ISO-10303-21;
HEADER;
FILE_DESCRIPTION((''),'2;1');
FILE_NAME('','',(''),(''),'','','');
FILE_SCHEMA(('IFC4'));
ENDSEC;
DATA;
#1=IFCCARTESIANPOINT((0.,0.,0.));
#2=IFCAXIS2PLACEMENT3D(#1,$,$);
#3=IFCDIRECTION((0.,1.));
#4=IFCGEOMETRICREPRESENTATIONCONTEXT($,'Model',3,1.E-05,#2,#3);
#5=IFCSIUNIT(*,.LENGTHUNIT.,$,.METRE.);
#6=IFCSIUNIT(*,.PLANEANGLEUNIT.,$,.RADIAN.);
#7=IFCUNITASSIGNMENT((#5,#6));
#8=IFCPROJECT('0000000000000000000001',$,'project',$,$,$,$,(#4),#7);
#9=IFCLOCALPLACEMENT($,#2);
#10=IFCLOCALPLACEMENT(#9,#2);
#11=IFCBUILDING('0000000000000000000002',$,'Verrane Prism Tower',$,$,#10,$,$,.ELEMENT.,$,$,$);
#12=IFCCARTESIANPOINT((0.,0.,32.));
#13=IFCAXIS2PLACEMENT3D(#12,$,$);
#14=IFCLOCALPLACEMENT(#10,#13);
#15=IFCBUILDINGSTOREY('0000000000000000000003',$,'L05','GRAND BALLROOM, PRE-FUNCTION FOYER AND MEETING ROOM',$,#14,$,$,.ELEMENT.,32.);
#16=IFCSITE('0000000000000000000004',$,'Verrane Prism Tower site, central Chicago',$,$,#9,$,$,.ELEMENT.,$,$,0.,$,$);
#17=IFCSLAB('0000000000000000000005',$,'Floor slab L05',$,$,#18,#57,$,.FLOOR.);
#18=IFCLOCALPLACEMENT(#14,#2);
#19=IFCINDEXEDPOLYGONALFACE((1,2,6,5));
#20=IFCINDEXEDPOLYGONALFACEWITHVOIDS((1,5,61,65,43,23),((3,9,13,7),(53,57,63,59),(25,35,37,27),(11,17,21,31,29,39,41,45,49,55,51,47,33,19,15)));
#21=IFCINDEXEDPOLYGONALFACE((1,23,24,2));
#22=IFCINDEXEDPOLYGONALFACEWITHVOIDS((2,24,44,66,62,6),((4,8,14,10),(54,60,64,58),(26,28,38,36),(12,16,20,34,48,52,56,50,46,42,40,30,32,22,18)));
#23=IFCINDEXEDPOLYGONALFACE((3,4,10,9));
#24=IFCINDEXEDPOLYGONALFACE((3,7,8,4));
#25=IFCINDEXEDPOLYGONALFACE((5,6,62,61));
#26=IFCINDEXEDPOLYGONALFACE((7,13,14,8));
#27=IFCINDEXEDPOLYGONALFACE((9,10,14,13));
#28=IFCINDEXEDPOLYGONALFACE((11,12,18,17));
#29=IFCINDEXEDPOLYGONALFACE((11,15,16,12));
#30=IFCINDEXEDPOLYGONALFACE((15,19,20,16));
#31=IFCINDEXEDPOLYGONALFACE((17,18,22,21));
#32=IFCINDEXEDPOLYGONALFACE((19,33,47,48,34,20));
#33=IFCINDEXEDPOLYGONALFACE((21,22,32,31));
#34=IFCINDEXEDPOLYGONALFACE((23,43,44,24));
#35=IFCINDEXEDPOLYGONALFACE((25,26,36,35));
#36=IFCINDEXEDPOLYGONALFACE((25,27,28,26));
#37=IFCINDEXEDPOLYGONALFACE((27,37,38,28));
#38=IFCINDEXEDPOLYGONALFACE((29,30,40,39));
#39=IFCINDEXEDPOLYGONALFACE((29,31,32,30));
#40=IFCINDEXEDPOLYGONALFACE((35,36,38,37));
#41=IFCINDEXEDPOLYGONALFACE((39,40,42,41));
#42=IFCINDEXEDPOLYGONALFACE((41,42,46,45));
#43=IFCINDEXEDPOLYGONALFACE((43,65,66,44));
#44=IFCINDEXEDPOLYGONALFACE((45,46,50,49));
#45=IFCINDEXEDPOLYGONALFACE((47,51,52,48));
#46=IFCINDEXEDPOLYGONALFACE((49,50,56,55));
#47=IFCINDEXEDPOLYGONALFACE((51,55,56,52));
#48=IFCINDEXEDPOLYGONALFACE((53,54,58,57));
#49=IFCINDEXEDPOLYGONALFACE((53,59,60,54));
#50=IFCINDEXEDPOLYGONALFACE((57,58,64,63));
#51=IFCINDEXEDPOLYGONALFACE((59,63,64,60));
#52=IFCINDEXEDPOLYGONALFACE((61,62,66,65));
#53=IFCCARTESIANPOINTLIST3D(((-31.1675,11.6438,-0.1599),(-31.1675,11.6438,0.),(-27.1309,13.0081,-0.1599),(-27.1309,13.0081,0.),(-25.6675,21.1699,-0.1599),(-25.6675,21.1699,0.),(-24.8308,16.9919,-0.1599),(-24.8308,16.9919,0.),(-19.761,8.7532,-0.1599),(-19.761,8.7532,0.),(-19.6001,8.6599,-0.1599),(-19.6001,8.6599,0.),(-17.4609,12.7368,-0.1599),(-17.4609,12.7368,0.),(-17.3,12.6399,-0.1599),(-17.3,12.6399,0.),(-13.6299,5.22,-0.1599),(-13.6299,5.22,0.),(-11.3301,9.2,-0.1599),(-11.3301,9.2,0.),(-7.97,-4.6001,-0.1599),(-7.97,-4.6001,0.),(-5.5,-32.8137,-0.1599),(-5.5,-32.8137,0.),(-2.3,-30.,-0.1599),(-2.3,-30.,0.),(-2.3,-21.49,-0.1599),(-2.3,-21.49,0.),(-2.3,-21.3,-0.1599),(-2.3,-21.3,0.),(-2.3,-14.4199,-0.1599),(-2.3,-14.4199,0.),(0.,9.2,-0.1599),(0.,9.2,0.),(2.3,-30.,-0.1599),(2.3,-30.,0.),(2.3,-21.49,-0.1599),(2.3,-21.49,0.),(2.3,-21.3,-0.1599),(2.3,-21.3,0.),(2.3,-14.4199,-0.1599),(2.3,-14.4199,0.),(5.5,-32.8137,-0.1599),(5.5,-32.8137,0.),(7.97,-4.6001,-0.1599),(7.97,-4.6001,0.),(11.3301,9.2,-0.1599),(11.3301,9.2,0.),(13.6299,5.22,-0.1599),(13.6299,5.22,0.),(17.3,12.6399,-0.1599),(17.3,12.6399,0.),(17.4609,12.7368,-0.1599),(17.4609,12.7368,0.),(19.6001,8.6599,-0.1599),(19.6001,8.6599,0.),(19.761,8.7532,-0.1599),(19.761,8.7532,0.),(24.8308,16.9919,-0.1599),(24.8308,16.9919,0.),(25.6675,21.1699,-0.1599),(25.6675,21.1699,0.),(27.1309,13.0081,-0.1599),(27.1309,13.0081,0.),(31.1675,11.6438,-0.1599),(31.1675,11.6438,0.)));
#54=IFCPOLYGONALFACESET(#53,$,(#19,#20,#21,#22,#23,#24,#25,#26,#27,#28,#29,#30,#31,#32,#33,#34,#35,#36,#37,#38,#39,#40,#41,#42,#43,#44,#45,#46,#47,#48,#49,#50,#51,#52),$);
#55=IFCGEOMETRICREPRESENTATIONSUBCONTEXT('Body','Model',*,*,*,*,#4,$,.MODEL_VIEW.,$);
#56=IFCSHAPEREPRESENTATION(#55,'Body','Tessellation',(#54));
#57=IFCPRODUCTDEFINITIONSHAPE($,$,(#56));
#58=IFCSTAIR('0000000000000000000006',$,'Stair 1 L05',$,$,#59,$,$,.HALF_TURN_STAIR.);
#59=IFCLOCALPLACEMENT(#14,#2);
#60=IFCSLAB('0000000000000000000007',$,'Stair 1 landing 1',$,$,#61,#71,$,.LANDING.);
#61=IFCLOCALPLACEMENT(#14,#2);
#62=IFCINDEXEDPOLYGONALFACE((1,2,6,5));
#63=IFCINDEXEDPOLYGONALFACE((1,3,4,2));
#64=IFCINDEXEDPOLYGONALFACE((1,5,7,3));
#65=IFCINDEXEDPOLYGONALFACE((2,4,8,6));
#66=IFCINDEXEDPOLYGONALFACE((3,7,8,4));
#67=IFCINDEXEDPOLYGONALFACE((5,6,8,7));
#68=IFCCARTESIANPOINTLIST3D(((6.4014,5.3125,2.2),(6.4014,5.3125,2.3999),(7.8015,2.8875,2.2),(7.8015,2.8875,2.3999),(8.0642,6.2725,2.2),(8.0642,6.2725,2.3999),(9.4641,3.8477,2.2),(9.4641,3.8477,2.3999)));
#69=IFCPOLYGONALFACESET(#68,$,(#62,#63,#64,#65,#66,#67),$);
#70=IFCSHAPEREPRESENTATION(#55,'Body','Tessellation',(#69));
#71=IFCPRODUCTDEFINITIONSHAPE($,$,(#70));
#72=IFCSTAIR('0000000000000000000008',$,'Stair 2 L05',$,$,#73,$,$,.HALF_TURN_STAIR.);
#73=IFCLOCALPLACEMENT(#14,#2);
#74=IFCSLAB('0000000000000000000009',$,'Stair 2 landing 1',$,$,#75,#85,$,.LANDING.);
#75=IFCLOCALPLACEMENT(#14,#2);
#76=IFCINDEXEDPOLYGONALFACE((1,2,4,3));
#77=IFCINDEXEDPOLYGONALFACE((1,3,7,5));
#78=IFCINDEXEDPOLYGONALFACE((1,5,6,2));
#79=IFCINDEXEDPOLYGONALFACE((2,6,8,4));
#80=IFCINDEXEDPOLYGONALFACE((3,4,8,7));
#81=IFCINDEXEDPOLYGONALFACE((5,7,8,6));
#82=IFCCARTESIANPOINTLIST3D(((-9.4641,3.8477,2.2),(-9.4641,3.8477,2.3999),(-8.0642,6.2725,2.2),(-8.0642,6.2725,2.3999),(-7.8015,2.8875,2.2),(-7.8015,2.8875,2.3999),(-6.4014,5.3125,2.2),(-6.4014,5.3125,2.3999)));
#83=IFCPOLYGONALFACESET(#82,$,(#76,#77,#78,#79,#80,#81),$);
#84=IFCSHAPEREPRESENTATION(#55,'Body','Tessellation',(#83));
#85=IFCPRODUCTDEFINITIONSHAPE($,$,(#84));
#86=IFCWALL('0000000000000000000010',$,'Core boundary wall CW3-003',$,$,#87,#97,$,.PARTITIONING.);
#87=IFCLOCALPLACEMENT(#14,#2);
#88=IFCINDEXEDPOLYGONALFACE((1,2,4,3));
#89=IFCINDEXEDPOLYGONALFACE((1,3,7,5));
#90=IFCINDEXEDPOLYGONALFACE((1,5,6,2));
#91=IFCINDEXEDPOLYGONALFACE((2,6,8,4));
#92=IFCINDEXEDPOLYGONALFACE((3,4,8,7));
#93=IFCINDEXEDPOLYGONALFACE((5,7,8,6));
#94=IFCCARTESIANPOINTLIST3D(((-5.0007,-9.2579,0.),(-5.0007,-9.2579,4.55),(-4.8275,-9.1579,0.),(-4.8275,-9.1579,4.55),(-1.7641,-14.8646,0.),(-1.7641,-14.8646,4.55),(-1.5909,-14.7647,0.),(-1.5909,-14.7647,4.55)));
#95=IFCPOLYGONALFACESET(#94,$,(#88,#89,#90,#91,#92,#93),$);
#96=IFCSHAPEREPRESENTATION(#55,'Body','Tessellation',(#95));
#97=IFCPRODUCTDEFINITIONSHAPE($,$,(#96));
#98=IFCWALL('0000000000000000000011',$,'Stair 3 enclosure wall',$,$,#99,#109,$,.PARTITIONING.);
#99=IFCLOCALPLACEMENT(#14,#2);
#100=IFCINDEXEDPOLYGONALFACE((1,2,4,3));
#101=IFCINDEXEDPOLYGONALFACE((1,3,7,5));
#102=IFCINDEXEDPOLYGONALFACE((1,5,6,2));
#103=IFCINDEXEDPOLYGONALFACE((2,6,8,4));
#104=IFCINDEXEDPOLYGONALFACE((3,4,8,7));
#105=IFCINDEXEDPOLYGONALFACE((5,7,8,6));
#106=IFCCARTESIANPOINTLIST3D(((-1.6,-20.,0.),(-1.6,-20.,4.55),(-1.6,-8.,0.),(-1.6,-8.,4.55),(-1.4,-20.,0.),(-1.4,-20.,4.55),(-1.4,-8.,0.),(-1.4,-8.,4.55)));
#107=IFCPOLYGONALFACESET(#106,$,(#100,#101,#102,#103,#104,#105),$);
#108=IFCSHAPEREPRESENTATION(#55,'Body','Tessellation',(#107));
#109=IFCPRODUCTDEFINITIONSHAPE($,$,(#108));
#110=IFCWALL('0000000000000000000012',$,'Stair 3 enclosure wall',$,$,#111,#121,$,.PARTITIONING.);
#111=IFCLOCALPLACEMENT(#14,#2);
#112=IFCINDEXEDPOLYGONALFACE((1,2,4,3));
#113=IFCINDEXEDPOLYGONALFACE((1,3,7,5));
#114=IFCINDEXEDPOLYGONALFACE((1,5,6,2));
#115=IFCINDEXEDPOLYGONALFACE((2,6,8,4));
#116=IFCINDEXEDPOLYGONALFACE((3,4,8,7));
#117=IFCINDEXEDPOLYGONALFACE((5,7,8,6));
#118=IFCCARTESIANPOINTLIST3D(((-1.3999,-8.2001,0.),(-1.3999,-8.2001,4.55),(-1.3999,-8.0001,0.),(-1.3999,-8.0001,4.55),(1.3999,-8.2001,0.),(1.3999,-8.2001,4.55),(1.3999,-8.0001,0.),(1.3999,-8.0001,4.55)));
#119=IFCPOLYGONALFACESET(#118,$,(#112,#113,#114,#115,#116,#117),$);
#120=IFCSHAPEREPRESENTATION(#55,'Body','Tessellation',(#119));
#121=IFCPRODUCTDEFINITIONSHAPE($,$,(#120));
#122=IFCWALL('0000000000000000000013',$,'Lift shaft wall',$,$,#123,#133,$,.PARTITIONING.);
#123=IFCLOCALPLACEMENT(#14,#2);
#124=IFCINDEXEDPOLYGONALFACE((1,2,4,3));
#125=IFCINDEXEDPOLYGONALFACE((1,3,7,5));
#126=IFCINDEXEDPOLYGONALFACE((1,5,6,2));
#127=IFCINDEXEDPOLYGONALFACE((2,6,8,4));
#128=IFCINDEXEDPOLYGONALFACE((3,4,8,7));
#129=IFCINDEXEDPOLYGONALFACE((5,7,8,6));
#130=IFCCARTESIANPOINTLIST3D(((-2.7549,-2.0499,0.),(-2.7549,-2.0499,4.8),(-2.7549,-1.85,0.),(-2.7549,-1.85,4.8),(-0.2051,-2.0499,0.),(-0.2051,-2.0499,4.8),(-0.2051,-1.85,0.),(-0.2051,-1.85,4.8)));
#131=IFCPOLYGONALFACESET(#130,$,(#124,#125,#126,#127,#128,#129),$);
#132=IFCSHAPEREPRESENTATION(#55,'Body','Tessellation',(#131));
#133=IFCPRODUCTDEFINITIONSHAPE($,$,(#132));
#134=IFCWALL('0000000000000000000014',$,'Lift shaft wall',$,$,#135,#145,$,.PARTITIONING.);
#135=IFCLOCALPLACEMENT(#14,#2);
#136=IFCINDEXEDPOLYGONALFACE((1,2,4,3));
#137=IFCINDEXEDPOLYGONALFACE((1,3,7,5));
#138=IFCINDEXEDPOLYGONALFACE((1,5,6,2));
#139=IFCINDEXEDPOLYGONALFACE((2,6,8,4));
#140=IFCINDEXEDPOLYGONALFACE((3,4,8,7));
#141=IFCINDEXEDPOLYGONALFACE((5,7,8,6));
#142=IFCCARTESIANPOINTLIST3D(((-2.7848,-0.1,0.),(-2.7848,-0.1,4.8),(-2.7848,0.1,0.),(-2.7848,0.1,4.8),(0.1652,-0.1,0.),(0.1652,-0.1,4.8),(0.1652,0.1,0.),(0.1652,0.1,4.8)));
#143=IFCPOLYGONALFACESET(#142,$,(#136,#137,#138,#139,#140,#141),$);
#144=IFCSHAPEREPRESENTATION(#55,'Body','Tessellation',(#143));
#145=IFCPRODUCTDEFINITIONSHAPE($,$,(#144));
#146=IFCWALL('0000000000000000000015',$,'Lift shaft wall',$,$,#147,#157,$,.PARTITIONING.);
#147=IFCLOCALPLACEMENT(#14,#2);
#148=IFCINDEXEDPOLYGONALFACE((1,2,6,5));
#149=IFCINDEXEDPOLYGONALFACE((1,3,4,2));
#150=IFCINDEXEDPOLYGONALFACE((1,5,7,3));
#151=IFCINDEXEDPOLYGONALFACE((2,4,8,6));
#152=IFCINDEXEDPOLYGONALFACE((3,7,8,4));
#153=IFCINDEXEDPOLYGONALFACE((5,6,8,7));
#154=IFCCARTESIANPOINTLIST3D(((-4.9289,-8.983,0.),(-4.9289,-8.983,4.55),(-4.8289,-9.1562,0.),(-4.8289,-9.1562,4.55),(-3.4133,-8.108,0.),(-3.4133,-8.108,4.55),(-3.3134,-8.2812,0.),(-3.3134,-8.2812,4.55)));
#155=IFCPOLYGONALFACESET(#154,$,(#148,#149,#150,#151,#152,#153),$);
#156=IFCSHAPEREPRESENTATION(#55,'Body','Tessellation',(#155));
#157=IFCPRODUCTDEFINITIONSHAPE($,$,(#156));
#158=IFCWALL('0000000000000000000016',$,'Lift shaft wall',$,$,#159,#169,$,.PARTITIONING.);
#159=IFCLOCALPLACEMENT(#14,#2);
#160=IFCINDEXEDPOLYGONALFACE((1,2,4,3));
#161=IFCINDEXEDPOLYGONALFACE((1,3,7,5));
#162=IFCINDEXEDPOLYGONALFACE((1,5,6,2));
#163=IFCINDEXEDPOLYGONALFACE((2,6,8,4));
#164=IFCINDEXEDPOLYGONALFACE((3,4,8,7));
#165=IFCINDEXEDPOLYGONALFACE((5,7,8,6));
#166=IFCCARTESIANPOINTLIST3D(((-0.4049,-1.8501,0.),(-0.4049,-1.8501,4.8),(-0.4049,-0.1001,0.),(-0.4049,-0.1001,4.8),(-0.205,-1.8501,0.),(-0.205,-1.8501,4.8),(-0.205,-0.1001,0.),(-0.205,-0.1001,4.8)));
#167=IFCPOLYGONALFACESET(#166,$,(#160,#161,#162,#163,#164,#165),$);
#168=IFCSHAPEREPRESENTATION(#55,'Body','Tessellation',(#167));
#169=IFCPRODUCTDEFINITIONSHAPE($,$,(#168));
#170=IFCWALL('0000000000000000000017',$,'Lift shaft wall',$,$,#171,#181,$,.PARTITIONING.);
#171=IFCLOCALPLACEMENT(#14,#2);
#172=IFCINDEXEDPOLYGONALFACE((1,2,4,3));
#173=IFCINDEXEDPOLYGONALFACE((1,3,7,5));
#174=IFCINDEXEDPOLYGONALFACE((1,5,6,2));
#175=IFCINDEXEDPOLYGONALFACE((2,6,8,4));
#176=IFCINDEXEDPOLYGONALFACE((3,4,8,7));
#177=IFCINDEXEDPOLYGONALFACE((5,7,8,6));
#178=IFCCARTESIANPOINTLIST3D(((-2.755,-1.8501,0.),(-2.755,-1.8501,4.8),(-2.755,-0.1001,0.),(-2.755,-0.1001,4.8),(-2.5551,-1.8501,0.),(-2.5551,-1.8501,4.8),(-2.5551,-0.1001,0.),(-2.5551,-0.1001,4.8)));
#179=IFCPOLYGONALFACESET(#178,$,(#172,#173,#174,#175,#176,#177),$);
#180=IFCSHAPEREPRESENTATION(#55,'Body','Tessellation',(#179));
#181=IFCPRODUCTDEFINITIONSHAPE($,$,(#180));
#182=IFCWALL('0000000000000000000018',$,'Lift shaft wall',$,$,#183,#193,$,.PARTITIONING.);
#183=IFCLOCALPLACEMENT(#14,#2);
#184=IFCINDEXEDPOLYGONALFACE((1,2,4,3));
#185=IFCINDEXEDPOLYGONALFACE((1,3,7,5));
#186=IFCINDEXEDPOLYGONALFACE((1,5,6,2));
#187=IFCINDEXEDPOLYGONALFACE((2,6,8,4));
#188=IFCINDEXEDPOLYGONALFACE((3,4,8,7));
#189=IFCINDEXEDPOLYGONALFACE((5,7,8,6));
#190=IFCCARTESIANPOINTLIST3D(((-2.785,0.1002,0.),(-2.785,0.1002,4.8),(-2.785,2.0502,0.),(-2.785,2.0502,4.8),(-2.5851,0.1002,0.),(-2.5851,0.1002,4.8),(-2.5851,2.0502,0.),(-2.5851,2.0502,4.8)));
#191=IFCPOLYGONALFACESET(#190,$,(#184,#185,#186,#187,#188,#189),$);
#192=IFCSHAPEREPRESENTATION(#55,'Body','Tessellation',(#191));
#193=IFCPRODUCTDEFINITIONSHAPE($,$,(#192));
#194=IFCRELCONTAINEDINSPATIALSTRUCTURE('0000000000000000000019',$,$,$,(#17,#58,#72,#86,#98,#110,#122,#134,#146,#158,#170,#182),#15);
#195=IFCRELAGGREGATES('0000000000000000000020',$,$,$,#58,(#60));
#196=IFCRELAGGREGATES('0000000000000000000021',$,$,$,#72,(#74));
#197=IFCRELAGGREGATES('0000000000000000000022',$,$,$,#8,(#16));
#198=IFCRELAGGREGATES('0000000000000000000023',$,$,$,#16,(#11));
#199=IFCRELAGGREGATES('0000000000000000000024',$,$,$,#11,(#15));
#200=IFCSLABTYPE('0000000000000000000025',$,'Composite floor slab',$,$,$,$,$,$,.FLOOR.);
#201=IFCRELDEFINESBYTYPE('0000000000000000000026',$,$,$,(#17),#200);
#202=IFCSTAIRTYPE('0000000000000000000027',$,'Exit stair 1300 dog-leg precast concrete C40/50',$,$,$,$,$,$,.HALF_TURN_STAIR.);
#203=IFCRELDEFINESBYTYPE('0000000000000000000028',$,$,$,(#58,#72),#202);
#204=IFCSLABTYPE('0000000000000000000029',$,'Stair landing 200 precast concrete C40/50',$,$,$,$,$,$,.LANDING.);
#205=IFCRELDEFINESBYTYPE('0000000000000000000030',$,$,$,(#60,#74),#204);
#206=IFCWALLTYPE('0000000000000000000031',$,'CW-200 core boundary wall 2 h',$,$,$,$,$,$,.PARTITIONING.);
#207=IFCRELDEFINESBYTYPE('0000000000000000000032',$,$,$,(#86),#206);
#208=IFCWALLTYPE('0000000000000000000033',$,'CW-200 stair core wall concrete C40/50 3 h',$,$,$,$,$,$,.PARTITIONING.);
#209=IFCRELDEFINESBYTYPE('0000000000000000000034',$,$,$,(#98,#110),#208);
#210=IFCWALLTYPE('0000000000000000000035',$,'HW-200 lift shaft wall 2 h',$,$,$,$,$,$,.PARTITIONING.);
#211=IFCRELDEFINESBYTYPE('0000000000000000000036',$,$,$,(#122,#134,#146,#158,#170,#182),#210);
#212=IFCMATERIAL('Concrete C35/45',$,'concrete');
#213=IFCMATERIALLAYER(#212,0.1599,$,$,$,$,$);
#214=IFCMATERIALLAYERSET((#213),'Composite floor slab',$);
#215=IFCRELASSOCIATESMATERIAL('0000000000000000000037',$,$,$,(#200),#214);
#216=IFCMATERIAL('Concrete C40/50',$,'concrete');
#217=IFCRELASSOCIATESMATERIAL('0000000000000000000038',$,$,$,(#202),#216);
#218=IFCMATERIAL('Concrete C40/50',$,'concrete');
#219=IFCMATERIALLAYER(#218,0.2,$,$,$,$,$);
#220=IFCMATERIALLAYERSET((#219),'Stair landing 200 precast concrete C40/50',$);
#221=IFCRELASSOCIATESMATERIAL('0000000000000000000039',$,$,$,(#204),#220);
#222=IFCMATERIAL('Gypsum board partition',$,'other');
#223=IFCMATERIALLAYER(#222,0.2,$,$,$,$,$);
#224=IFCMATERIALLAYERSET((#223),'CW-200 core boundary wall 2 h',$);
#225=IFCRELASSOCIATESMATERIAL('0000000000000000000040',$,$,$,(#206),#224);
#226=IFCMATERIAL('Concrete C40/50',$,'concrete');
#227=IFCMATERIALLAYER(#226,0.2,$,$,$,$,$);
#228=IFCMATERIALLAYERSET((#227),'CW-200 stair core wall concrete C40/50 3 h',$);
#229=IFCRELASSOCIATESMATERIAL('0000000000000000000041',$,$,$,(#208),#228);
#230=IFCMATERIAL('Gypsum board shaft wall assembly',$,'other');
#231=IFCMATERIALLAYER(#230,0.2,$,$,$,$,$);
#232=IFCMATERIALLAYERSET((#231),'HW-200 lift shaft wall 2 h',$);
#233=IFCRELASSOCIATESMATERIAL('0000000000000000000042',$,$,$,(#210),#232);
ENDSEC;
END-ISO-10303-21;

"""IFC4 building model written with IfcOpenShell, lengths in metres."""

from ifc_helpers import new_model, si_unit, direction, frame, frame_2d, origin, place, context, subcontext, project, spatial, polyline, rectangle, outline, extrude, material, layer, layer_set, type_object, element, aggregate, save


model = new_model("IFC4")

# Units and contexts
model_context = context("Model", 3, precision=1e-05, world=origin(), true_north=direction((0.0, 1.0)))
body_context = subcontext(model_context, "Body", "Model", "MODEL_VIEW")
ifc_project = project(units=[si_unit("LENGTHUNIT", "METRE"), si_unit("PLANEANGLEUNIT", "RADIAN")], contexts=[model_context])

# Site, building, storey
site_placement = place(None, origin())
site = spatial("IfcSite", under=ifc_project, at=site_placement, Name="Verrane Prism Tower site, central Chicago", CompositionType="ELEMENT", RefElevation=0.0)
building_placement = place(site_placement, origin())
building = spatial("IfcBuilding", under=site, at=building_placement, Name="Verrane Prism Tower", CompositionType="ELEMENT")
storey_placement = place(building_placement, frame((0.0, 0.0, 32.0)))
storey = spatial("IfcBuildingStorey", under=building, at=storey_placement, Name="L05", Description="GRAND BALLROOM, PRE-FUNCTION FOYER AND MEETING ROOM", CompositionType="ELEMENT", Elevation=32.0)

# Slab
ifc_material_1 = material(Name="Concrete C35/45", Category="concrete")
ifc_layer_1 = layer(ifc_material_1, 0.1599)
ifc_layer_set_1 = layer_set([ifc_layer_1], Name="Composite floor slab")
slab_type_1 = type_object("IfcSlabType", Name="Composite floor slab", PredefinedType="FLOOR", material=ifc_layer_set_1)
slab_1_placement = place(storey_placement, frame((0.0, 0.0, -0.1599)))
element("IfcSlab", 1, at=slab_1_placement, inside=storey, type_object=slab_type_1, Name="Floor slab L05", PredefinedType="FLOOR", context=body_context, shape_type="SweptSolid", body=[
    extrude(outline(polyline([(-25.6675, 21.1699), (25.6675, 21.1699), (31.1675, 11.6438), (5.5, -32.8137), (-5.5, -32.8137), (-31.1675, 11.6438), (-25.6675, 21.1699)]), holes=[polyline([(0.0, 9.2), (-11.3301, 9.2), (-17.3, 12.6399), (-19.6001, 8.6599), (-13.6299, 5.22), (-7.97, -4.6001), (-2.3, -14.4199), (-2.3, -21.3), (2.3, -21.3), (2.3, -14.4199), (7.97, -4.6001), (13.6299, 5.22), (19.6001, 8.6599), (17.3, 12.6399), (11.3301, 9.2), (0.0, 9.2)]), polyline([(17.4609, 12.7368), (19.761, 8.7532), (27.1309, 13.0081), (24.8308, 16.9919), (17.4609, 12.7368)]), polyline([(-27.1309, 13.0081), (-19.761, 8.7532), (-17.4609, 12.7368), (-24.8308, 16.9919), (-27.1309, 13.0081)]), polyline([(-2.3, -30.0), (2.3, -30.0), (2.3, -21.49), (-2.3, -21.49), (-2.3, -30.0)])]), origin(), (0.0, 0.0, 1.0), 0.1599),
])

# Stairs, slabs
ifc_material_2 = material(Name="Concrete C40/50", Category="concrete")
stair_type = type_object("IfcStairType", Name="Exit stair 1300 dog-leg precast concrete C40/50", PredefinedType="HALF_TURN_STAIR", material=ifc_material_2)
stair_1_placement = place(storey_placement, origin())
stair_1 = element("IfcStair", 2, at=stair_1_placement, inside=storey, type_object=stair_type, Name="Stair 1 L05", PredefinedType="HALF_TURN_STAIR")
ifc_material_3 = material(Name="Concrete C40/50", Category="concrete")
ifc_layer_2 = layer(ifc_material_3, 0.2)
ifc_layer_set_2 = layer_set([ifc_layer_2], Name="Stair landing 200 precast concrete C40/50")
slab_type_2 = type_object("IfcSlabType", Name="Stair landing 200 precast concrete C40/50", PredefinedType="LANDING", material=ifc_layer_set_2)
slab_2_placement = place(storey_placement, frame((0.0, 0.0, 2.2)))
slab_2 = element("IfcSlab", 3, at=slab_2_placement, type_object=slab_type_2, Name="Stair 1 landing 1", PredefinedType="LANDING", context=body_context, shape_type="SweptSolid", body=[
    extrude(outline(polyline([(8.0642, 6.2725), (6.4014, 5.3125), (7.8015, 2.8875), (9.4641, 3.8477), (8.0642, 6.2725)])), origin(), (0.0, 0.0, 1.0), 0.2),
])
aggregate(stair_1, [slab_2])
stair_2_placement = place(storey_placement, origin())
stair_2 = element("IfcStair", 4, at=stair_2_placement, inside=storey, type_object=stair_type, Name="Stair 2 L05", PredefinedType="HALF_TURN_STAIR")
slab_3_placement = place(storey_placement, frame((0.0, 0.0, 2.2)))
slab_3 = element("IfcSlab", 5, at=slab_3_placement, type_object=slab_type_2, Name="Stair 2 landing 1", PredefinedType="LANDING", context=body_context, shape_type="SweptSolid", body=[
    extrude(outline(polyline([(-9.4641, 3.8477), (-7.8015, 2.8875), (-6.4014, 5.3125), (-8.0642, 6.2725), (-9.4641, 3.8477)])), origin(), (0.0, 0.0, 1.0), 0.2),
])
aggregate(stair_2, [slab_3])

# Walls
ifc_material_4 = material(Name="Gypsum board partition", Category="other")
ifc_layer_3 = layer(ifc_material_4, 0.2)
ifc_layer_set_3 = layer_set([ifc_layer_3], Name="CW-200 core boundary wall 2 h")
wall_type_1 = type_object("IfcWallType", Name="CW-200 core boundary wall 2 h", PredefinedType="PARTITIONING", material=ifc_layer_set_3)
wall_1_placement = place(storey_placement, frame((-4.9141, -9.208, 0.0), z_axis=(0.0, 0.0, 1.0), x_axis=(0.499948, -0.866056, 0.0)))
element("IfcWall", 6, at=wall_1_placement, inside=storey, type_object=wall_type_1, Name="Core boundary wall CW3-003", PredefinedType="PARTITIONING", context=body_context, shape_type="SweptSolid", body=[
    extrude(rectangle(XDim=6.4739, YDim=0.2, at=frame_2d((3.2368, 0.0))), origin(), (0.0, 0.0, 1.0), 4.55),
])
ifc_material_5 = material(Name="Concrete C40/50", Category="concrete")
ifc_layer_4 = layer(ifc_material_5, 0.2)
ifc_layer_set_4 = layer_set([ifc_layer_4], Name="CW-200 stair core wall concrete C40/50 3 h")
wall_type_2 = type_object("IfcWallType", Name="CW-200 stair core wall concrete C40/50 3 h", PredefinedType="PARTITIONING", material=ifc_layer_set_4)
wall_2_placement = place(storey_placement, frame((-1.5, -8.0, 0.0), z_axis=(0.0, 0.0, 1.0), x_axis=(0.0, -1.0, 0.0)))
element("IfcWall", 7, at=wall_2_placement, inside=storey, type_object=wall_type_2, Name="Stair 3 enclosure wall", PredefinedType="PARTITIONING", context=body_context, shape_type="SweptSolid", body=[
    extrude(rectangle(XDim=12.0, YDim=0.2, at=frame_2d((6.0, 0.0))), origin(), (0.0, 0.0, 1.0), 4.55),
])
wall_3_placement = place(storey_placement, frame((-1.3999, -8.1001, 0.0), z_axis=(0.0, 0.0, 1.0), x_axis=(1.0, 0.0, 0.0)))
element("IfcWall", 8, at=wall_3_placement, inside=storey, type_object=wall_type_2, Name="Stair 3 enclosure wall", PredefinedType="PARTITIONING", context=body_context, shape_type="SweptSolid", body=[
    extrude(rectangle(XDim=2.7998, YDim=0.2, at=frame_2d((1.3999, 0.0))), origin(), (0.0, 0.0, 1.0), 4.55),
])
ifc_material_6 = material(Name="Gypsum board shaft wall assembly", Category="other")
ifc_layer_5 = layer(ifc_material_6, 0.2)
ifc_layer_set_5 = layer_set([ifc_layer_5], Name="HW-200 lift shaft wall 2 h")
wall_type_3 = type_object("IfcWallType", Name="HW-200 lift shaft wall 2 h", PredefinedType="PARTITIONING", material=ifc_layer_set_5)
wall_4_placement = place(storey_placement, frame((-2.7549, -1.95, 0.0), z_axis=(0.0, 0.0, 1.0), x_axis=(1.0, 0.0, 0.0)))
element("IfcWall", 9, at=wall_4_placement, inside=storey, type_object=wall_type_3, Name="Lift shaft wall", PredefinedType="PARTITIONING", context=body_context, shape_type="SweptSolid", body=[
    extrude(rectangle(XDim=2.5498, YDim=0.2, at=frame_2d((1.2749, 0.0))), origin(), (0.0, 0.0, 1.0), 4.8),
])
wall_5_placement = place(storey_placement, frame((-2.7849, 0.0, 0.0), z_axis=(0.0, 0.0, 1.0), x_axis=(1.0, 0.0, 0.0)))
element("IfcWall", 10, at=wall_5_placement, inside=storey, type_object=wall_type_3, Name="Lift shaft wall", PredefinedType="PARTITIONING", context=body_context, shape_type="SweptSolid", body=[
    extrude(rectangle(XDim=2.95, YDim=0.2, at=frame_2d((1.4751, 0.0))), origin(), (0.0, 0.0, 1.0), 4.8),
])
wall_6_placement = place(storey_placement, frame((-4.8789, -9.0696, 0.0), z_axis=(0.0, 0.0, 1.0), x_axis=(0.866037, 0.49998, 0.0)))
element("IfcWall", 11, at=wall_6_placement, inside=storey, type_object=wall_type_3, Name="Lift shaft wall", PredefinedType="PARTITIONING", context=body_context, shape_type="SweptSolid", body=[
    extrude(rectangle(XDim=1.75, YDim=0.2, at=frame_2d((0.875, 0.0))), origin(), (0.0, 0.0, 1.0), 4.55),
])
for number, where, z_axis, x_axis, name in (
    (12, (-0.3049, -1.8501, 0.0), (0.0, 0.0, 1.0), (0.0, 1.0, 0.0), "Lift shaft wall"),
    (13, (-2.655, -1.8501, 0.0), (0.0, 0.0, 1.0), (0.0, 1.0, 0.0), "Lift shaft wall"),
):
    element("IfcWall", number, at=place(storey_placement, frame(where, z_axis=z_axis, x_axis=x_axis)), inside=storey, type_object=wall_type_3, Name=name, PredefinedType="PARTITIONING", context=body_context, shape_type="SweptSolid", body=[
        extrude(rectangle(XDim=1.75, YDim=0.2, at=frame_2d((0.875, 0.0))), origin(), (0.0, 0.0, 1.0), 4.8),
    ])
wall_7_placement = place(storey_placement, frame((-2.6851, 0.1001, 0.0), z_axis=(0.0, 0.0, 1.0), x_axis=(0.0, 1.0, 0.0)))
element("IfcWall", 14, at=wall_7_placement, inside=storey, type_object=wall_type_3, Name="Lift shaft wall", PredefinedType="PARTITIONING", context=body_context, shape_type="SweptSolid", body=[
    extrude(rectangle(XDim=1.95, YDim=0.2, at=frame_2d((0.9751, 0.0))), origin(), (0.0, 0.0, 1.0), 4.8),
])

save(model, "model.ifc")
